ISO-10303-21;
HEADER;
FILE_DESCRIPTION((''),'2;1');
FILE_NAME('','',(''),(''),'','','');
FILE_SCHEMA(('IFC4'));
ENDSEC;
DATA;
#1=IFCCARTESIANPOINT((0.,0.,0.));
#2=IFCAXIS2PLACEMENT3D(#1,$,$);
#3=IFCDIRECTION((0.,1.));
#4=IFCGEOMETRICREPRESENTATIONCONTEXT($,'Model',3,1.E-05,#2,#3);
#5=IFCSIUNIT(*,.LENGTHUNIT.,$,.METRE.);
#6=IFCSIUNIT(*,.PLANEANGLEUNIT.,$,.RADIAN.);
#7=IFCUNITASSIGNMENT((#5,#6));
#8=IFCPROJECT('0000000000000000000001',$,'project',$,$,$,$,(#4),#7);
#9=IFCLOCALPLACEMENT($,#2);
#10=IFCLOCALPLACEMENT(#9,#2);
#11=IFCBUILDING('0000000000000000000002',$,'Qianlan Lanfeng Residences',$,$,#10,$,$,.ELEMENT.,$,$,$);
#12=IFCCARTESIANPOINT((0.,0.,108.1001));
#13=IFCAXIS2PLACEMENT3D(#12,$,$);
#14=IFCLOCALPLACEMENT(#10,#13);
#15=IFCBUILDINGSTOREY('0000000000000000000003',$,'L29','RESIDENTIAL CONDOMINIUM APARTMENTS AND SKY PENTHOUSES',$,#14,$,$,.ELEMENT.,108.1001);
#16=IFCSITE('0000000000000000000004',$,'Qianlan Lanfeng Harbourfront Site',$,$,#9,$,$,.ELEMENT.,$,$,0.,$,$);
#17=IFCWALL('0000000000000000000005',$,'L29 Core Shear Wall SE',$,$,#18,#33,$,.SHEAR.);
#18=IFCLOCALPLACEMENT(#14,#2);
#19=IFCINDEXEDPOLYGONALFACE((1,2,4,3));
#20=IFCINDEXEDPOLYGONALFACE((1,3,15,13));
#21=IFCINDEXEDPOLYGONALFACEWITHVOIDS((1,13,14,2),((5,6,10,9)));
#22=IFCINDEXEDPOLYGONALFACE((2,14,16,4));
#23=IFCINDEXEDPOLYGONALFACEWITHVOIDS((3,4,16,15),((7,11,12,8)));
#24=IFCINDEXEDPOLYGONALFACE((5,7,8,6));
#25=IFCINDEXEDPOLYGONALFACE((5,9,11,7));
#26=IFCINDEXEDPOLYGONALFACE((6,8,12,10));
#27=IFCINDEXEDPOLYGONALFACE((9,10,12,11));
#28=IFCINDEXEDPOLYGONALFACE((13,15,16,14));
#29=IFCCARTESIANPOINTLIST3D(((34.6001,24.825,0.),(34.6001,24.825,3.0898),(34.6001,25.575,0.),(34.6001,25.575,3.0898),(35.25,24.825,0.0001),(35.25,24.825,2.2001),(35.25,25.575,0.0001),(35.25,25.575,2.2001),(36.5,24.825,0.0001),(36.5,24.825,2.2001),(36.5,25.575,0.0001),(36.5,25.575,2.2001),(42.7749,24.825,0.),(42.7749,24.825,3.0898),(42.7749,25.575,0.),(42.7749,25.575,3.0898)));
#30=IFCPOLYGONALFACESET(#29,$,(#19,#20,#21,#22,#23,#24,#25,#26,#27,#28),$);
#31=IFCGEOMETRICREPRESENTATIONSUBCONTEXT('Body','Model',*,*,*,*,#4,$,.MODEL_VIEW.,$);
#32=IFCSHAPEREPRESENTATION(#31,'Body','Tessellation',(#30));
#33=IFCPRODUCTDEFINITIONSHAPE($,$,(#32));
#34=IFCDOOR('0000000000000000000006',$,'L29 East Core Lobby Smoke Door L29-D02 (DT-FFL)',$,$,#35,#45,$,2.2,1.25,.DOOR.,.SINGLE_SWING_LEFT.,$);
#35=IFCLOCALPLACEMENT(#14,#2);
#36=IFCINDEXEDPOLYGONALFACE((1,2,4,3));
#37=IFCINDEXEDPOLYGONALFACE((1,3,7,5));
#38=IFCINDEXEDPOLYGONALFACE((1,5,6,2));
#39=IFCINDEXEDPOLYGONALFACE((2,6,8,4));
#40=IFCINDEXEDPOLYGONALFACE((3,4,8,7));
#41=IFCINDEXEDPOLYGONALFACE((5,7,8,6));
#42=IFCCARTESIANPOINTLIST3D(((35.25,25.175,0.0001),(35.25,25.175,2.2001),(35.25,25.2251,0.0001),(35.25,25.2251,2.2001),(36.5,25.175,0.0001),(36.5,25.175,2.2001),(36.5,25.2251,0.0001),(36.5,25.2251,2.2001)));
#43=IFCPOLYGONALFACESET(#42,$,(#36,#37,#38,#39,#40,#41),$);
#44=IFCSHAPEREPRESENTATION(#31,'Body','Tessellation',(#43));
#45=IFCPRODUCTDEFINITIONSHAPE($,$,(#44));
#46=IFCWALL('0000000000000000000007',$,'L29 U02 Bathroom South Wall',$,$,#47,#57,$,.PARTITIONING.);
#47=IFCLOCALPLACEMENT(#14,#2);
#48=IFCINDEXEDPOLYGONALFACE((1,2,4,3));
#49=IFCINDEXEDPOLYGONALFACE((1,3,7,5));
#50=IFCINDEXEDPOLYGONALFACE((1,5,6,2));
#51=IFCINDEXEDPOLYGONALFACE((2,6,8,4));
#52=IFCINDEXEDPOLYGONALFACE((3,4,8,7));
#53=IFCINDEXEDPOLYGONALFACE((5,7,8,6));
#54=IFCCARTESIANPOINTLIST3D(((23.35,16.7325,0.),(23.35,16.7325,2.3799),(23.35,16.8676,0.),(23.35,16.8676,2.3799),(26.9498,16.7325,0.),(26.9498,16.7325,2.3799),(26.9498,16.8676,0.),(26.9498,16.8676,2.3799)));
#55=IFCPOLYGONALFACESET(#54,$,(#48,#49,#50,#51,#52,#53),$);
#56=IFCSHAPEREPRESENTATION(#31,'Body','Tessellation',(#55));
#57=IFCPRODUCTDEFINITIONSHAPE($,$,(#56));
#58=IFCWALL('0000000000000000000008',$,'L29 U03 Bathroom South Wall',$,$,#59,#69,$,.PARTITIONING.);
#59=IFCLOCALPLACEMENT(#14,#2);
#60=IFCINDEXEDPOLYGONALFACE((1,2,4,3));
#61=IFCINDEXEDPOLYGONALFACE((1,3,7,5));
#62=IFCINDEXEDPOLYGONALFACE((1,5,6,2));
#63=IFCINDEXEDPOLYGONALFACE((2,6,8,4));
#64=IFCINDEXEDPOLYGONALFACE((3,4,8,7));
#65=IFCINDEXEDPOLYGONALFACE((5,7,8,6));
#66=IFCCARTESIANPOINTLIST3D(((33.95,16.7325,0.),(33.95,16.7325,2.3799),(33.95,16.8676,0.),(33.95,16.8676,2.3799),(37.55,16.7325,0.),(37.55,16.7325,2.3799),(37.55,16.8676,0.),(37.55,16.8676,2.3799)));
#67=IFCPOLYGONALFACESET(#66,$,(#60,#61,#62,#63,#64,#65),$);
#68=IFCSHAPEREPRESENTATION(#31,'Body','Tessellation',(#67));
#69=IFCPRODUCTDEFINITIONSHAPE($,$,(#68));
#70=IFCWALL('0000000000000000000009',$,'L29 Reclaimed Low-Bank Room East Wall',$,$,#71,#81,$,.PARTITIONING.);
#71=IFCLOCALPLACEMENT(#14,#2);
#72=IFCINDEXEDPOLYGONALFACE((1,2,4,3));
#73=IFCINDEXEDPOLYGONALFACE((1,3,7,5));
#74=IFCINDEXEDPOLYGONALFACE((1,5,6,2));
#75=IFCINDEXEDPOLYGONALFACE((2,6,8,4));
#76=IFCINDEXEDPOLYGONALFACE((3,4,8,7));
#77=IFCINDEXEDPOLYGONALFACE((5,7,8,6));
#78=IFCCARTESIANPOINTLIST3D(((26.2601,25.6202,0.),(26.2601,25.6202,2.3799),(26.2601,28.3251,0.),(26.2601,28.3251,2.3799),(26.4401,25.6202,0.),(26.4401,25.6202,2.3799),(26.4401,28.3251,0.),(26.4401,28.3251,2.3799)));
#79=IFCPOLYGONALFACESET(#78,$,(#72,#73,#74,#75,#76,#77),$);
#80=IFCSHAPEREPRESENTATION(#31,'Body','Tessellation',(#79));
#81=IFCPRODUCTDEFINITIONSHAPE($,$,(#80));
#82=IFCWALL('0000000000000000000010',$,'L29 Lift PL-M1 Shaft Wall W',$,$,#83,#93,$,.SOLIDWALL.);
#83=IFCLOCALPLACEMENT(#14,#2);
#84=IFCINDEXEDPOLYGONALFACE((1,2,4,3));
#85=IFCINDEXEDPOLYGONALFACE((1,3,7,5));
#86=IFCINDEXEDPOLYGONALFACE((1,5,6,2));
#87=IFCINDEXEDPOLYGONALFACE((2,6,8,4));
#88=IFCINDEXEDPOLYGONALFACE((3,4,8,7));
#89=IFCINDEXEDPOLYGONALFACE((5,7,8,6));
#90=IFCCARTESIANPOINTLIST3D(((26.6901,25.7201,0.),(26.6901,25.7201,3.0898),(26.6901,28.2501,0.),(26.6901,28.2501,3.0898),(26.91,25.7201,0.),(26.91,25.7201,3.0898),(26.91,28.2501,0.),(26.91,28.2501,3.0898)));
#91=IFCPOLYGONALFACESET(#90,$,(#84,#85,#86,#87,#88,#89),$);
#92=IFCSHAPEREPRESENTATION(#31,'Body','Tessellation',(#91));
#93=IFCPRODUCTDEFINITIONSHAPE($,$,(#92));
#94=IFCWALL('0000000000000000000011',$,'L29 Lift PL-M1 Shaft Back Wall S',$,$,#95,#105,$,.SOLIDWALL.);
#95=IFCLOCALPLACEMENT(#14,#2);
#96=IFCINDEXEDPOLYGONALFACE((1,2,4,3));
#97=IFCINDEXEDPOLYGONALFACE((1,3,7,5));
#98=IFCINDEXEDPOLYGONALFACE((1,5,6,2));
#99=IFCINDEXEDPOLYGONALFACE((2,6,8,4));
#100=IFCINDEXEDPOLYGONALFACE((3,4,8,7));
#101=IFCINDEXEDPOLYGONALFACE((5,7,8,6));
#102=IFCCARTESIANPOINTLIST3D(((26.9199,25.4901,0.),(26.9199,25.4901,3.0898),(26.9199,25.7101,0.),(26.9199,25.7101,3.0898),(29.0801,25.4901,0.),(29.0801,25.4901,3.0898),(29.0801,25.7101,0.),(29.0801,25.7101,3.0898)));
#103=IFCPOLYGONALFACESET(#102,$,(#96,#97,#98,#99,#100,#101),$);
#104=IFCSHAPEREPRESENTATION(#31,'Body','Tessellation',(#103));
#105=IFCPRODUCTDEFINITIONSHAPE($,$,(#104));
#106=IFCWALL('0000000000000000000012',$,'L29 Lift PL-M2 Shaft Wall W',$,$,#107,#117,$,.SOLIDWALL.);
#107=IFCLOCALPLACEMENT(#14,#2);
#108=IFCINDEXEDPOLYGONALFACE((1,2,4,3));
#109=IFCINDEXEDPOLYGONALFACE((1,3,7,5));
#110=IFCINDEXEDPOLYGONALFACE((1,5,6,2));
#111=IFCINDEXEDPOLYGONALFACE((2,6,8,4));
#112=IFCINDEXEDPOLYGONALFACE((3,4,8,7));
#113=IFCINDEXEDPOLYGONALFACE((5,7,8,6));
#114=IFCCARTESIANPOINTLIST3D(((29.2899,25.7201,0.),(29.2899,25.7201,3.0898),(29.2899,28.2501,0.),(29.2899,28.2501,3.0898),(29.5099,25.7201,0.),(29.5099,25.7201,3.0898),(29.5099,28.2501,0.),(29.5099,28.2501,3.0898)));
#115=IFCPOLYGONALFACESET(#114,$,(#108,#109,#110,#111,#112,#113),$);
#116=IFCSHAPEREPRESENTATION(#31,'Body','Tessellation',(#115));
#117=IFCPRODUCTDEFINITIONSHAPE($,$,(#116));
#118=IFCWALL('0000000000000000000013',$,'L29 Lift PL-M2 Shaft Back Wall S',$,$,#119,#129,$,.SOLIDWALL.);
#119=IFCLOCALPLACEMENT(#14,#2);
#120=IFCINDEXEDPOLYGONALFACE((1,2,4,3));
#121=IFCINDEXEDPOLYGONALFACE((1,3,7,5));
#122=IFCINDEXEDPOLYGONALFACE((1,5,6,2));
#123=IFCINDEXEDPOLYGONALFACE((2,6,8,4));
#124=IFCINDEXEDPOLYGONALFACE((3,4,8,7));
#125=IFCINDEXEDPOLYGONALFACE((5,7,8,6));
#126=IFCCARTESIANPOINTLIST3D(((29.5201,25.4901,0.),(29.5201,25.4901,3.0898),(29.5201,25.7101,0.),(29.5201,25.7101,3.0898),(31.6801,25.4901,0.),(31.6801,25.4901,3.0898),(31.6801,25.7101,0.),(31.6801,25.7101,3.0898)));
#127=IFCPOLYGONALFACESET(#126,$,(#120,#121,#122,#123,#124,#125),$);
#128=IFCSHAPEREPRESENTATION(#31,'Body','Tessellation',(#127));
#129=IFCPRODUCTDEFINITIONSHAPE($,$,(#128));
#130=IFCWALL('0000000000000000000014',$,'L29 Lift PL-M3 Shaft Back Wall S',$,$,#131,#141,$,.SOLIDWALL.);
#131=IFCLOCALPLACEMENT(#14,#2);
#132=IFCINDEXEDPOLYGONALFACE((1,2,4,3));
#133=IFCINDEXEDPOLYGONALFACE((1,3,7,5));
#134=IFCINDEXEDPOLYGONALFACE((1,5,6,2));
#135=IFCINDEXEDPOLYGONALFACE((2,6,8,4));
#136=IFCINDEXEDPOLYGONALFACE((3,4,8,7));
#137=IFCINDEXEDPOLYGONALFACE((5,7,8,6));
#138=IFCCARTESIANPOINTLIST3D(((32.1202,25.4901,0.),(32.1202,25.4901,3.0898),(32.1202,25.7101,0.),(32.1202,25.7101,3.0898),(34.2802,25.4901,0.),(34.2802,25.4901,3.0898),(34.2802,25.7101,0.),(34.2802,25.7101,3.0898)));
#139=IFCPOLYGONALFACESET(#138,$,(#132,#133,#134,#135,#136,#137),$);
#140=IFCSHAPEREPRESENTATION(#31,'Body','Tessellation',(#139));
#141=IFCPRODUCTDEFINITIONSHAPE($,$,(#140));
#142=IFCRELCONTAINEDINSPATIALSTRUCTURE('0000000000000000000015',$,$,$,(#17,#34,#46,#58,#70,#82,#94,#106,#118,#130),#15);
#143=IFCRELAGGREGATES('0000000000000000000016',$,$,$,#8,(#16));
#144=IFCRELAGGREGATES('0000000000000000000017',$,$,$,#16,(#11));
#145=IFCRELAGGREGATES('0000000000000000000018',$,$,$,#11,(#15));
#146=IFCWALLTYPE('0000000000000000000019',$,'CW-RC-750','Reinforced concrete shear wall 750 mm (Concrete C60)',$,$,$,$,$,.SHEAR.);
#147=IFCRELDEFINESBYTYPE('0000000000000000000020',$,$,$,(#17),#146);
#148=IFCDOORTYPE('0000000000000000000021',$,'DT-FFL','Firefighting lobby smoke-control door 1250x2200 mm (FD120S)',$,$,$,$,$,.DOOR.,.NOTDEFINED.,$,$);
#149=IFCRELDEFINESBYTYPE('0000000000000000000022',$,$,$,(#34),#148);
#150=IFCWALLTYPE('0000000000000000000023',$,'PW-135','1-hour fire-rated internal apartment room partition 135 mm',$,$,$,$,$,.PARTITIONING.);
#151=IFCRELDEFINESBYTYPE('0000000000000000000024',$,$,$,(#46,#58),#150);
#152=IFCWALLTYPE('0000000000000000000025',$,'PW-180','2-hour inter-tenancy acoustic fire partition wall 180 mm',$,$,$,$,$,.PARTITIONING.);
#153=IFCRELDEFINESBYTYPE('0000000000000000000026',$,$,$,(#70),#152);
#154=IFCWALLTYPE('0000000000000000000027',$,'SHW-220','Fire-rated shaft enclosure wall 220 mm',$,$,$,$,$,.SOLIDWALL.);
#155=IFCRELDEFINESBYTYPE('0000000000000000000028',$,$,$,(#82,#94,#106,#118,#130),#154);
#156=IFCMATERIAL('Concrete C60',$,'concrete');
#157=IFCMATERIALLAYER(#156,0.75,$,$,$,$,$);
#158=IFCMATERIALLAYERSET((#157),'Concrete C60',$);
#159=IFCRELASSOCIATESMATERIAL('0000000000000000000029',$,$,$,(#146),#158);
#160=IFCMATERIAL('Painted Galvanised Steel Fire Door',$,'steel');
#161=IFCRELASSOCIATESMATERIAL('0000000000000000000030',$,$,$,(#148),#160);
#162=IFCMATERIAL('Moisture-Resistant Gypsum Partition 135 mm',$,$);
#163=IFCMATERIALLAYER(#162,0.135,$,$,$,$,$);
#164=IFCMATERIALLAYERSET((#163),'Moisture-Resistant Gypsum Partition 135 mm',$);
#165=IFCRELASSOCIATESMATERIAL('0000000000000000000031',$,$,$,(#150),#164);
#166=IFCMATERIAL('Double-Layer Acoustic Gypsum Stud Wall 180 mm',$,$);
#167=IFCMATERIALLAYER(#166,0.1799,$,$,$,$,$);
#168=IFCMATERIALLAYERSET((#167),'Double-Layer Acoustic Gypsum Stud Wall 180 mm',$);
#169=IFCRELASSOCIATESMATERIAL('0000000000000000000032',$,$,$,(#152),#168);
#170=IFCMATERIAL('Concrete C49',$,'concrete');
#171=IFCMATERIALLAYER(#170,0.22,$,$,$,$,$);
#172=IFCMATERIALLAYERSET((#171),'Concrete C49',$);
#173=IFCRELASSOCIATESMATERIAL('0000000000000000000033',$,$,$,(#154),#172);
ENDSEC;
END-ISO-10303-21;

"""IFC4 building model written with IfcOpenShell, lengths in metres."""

from ifc_helpers import new_model, si_unit, direction, frame, frame_2d, origin, place, context, subcontext, project, spatial, rectangle, extrude, material, layer, layer_set, type_object, element, fill, save


model = new_model("IFC4")

# Units and contexts
model_context = context("Model", 3, precision=1e-05, world=origin(), true_north=direction((0.0, 1.0)))
body_context = subcontext(model_context, "Body", "Model", "MODEL_VIEW")
ifc_project = project(units=[si_unit("LENGTHUNIT", "METRE"), si_unit("PLANEANGLEUNIT", "RADIAN")], contexts=[model_context])

# Site, building, storey
site_placement = place(None, origin())
site = spatial("IfcSite", under=ifc_project, at=site_placement, Name="Qianlan Lanfeng Harbourfront Site", CompositionType="ELEMENT", RefElevation=0.0)
building_placement = place(site_placement, origin())
building = spatial("IfcBuilding", under=site, at=building_placement, Name="Qianlan Lanfeng Residences", CompositionType="ELEMENT")
storey_placement = place(building_placement, frame((0.0, 0.0, 108.1001)))
storey = spatial("IfcBuildingStorey", under=building, at=storey_placement, Name="L29", Description="RESIDENTIAL CONDOMINIUM APARTMENTS AND SKY PENTHOUSES", CompositionType="ELEMENT", Elevation=108.1001)

# Wall, opening, door
ifc_material_1 = material(Name="Concrete C60", Category="concrete")
ifc_layer_1 = layer(ifc_material_1, 0.75)
ifc_layer_set_1 = layer_set([ifc_layer_1], Name="Concrete C60")
wall_type_1 = type_object("IfcWallType", Name="CW-RC-750", Description="Reinforced concrete shear wall 750 mm (Concrete C60)", PredefinedType="SHEAR", material=ifc_layer_set_1)
wall_1_placement = place(storey_placement, frame((34.6001, 25.2, 0.0), z_axis=(0.0, 0.0, 1.0), x_axis=(1.0, 0.0, 0.0)))
wall_1 = element("IfcWall", 1, at=wall_1_placement, inside=storey, type_object=wall_type_1, Name="L29 Core Shear Wall SE", PredefinedType="SHEAR", context=body_context, shape_type="SweptSolid", body=[
    extrude(rectangle(XDim=8.1748, YDim=0.75, at=frame_2d((4.0874, 0.0))), origin(), (0.0, 0.0, 1.0), 3.0898),
])
opening_1_placement = place(wall_1_placement, frame((0.6499, 0.0, 0.0)))
opening_1 = element("IfcOpeningElement", 2, at=opening_1_placement, cuts=wall_1, PredefinedType="OPENING", context=body_context, shape_type="SweptSolid", body=[
    extrude(rectangle(XDim=1.25, YDim=2.2, at=frame_2d((0.625, 1.1001))), frame((0.0, 0.385, 0.0), z_axis=(0.0, -1.0, 0.0), x_axis=(1.0, 0.0, 0.0)), (0.0, 0.0, 1.0), 0.77),
])
ifc_material_2 = material(Name="Painted Galvanised Steel Fire Door", Category="steel")
door_type_1 = type_object("IfcDoorType", Name="DT-FFL", Description="Firefighting lobby smoke-control door 1250x2200 mm (FD120S)", OperationType="NOTDEFINED", PredefinedType="DOOR", material=ifc_material_2)
door_1_placement = place(opening_1_placement, frame((1.25, 0.0, 0.0), z_axis=(0.0, 0.0, 1.0), x_axis=(-1.0, 0.0, 0.0)))
door_1 = element("IfcDoor", 3, at=door_1_placement, inside=storey, type_object=door_type_1, Name="L29 East Core Lobby Smoke Door L29-D02 (DT-FFL)", OperationType="SINGLE_SWING_LEFT", OverallHeight=2.2, OverallWidth=1.25, PredefinedType="DOOR", context=body_context, shape_type="SweptSolid", body=[
    extrude(rectangle(XDim=1.25, YDim=2.2, at=frame_2d((0.625, 1.1001))), frame((0.0, 0.0249, 0.0), z_axis=(0.0, -1.0, 0.0), x_axis=(1.0, 0.0, 0.0)), (0.0, 0.0, 1.0), 0.05),
])
fill(opening_1, door_1)

# Walls
ifc_material_3 = material(Name="Moisture-Resistant Gypsum Partition 135 mm")
ifc_layer_2 = layer(ifc_material_3, 0.135)
ifc_layer_set_2 = layer_set([ifc_layer_2], Name="Moisture-Resistant Gypsum Partition 135 mm")
wall_type_2 = type_object("IfcWallType", Name="PW-135", Description="1-hour fire-rated internal apartment room partition 135 mm", PredefinedType="PARTITIONING", material=ifc_layer_set_2)
wall_2_placement = place(storey_placement, frame((23.3501, 16.8, 0.0), z_axis=(0.0, 0.0, 1.0), x_axis=(1.0, 0.0, 0.0)))
element("IfcWall", 4, at=wall_2_placement, inside=storey, type_object=wall_type_2, Name="L29 U02 Bathroom South Wall", PredefinedType="PARTITIONING", context=body_context, shape_type="SweptSolid", body=[
    extrude(rectangle(XDim=3.5999, YDim=0.135, at=frame_2d((1.7998, 0.0))), origin(), (0.0, 0.0, 1.0), 2.3799),
])
wall_3_placement = place(storey_placement, frame((33.95, 16.8, 0.0), z_axis=(0.0, 0.0, 1.0), x_axis=(1.0, 0.0, 0.0)))
element("IfcWall", 5, at=wall_3_placement, inside=storey, type_object=wall_type_2, Name="L29 U03 Bathroom South Wall", PredefinedType="PARTITIONING", context=body_context, shape_type="SweptSolid", body=[
    extrude(rectangle(XDim=3.6001, YDim=0.135, at=frame_2d((1.8, 0.0))), origin(), (0.0, 0.0, 1.0), 2.3799),
])

# Shared definitions
ifc_material_4 = material(Name="Double-Layer Acoustic Gypsum Stud Wall 180 mm")
ifc_layer_3 = layer(ifc_material_4, 0.1799)
ifc_layer_set_3 = layer_set([ifc_layer_3], Name="Double-Layer Acoustic Gypsum Stud Wall 180 mm")
wall_type_3 = type_object("IfcWallType", Name="PW-180", Description="2-hour inter-tenancy acoustic fire partition wall 180 mm", PredefinedType="PARTITIONING", material=ifc_layer_set_3)

# Walls
wall_4_placement = place(storey_placement, frame((26.3501, 25.6201, 0.0), z_axis=(0.0, 0.0, 1.0), x_axis=(0.0, 1.0, 0.0)))
element("IfcWall", 6, at=wall_4_placement, inside=storey, type_object=wall_type_3, Name="L29 Reclaimed Low-Bank Room East Wall", PredefinedType="PARTITIONING", context=body_context, shape_type="SweptSolid", body=[
    extrude(rectangle(XDim=2.7048, YDim=0.1799, at=frame_2d((1.3525, 0.0))), origin(), (0.0, 0.0, 1.0), 2.3799),
])
ifc_material_5 = material(Name="Concrete C49", Category="concrete")
ifc_layer_4 = layer(ifc_material_5, 0.22)
ifc_layer_set_4 = layer_set([ifc_layer_4], Name="Concrete C49")
wall_type_4 = type_object("IfcWallType", Name="SHW-220", Description="Fire-rated shaft enclosure wall 220 mm", PredefinedType="SOLIDWALL", material=ifc_layer_set_4)
wall_5_placement = place(storey_placement, frame((26.8, 25.72, 0.0), z_axis=(0.0, 0.0, 1.0), x_axis=(0.0, 1.0, 0.0)))
element("IfcWall", 7, at=wall_5_placement, inside=storey, type_object=wall_type_4, Name="L29 Lift PL-M1 Shaft Wall W", PredefinedType="SOLIDWALL", context=body_context, shape_type="SweptSolid", body=[
    extrude(rectangle(XDim=2.53, YDim=0.22, at=frame_2d((1.2651, 0.0))), origin(), (0.0, 0.0, 1.0), 3.0898),
])
wall_6_placement = place(storey_placement, frame((26.9199, 25.6001, 0.0), z_axis=(0.0, 0.0, 1.0), x_axis=(1.0, 0.0, 0.0)))
element("IfcWall", 8, at=wall_6_placement, inside=storey, type_object=wall_type_4, Name="L29 Lift PL-M1 Shaft Back Wall S", PredefinedType="SOLIDWALL", context=body_context, shape_type="SweptSolid", body=[
    extrude(rectangle(XDim=2.1602, YDim=0.22, at=frame_2d((1.0801, 0.0))), origin(), (0.0, 0.0, 1.0), 3.0898),
])
wall_7_placement = place(storey_placement, frame((29.3999, 25.72, 0.0), z_axis=(0.0, 0.0, 1.0), x_axis=(0.0, 1.0, 0.0)))
element("IfcWall", 9, at=wall_7_placement, inside=storey, type_object=wall_type_4, Name="L29 Lift PL-M2 Shaft Wall W", PredefinedType="SOLIDWALL", context=body_context, shape_type="SweptSolid", body=[
    extrude(rectangle(XDim=2.53, YDim=0.22, at=frame_2d((1.2651, 0.0))), origin(), (0.0, 0.0, 1.0), 3.0898),
])
for number, where, z_axis, x_axis, name in (
    (10, (29.52, 25.6001, 0.0), (0.0, 0.0, 1.0), (1.0, 0.0, 0.0), "L29 Lift PL-M2 Shaft Back Wall S"),
    (11, (32.1201, 25.6001, 0.0), (0.0, 0.0, 1.0), (1.0, 0.0, 0.0), "L29 Lift PL-M3 Shaft Back Wall S"),
):
    element("IfcWall", number, at=place(storey_placement, frame(where, z_axis=z_axis, x_axis=x_axis)), inside=storey, type_object=wall_type_4, Name=name, PredefinedType="SOLIDWALL", context=body_context, shape_type="SweptSolid", body=[
        extrude(rectangle(XDim=2.1599, YDim=0.22, at=frame_2d((1.0801, 0.0))), origin(), (0.0, 0.0, 1.0), 3.0898),
    ])

save(model, "model.ifc")
